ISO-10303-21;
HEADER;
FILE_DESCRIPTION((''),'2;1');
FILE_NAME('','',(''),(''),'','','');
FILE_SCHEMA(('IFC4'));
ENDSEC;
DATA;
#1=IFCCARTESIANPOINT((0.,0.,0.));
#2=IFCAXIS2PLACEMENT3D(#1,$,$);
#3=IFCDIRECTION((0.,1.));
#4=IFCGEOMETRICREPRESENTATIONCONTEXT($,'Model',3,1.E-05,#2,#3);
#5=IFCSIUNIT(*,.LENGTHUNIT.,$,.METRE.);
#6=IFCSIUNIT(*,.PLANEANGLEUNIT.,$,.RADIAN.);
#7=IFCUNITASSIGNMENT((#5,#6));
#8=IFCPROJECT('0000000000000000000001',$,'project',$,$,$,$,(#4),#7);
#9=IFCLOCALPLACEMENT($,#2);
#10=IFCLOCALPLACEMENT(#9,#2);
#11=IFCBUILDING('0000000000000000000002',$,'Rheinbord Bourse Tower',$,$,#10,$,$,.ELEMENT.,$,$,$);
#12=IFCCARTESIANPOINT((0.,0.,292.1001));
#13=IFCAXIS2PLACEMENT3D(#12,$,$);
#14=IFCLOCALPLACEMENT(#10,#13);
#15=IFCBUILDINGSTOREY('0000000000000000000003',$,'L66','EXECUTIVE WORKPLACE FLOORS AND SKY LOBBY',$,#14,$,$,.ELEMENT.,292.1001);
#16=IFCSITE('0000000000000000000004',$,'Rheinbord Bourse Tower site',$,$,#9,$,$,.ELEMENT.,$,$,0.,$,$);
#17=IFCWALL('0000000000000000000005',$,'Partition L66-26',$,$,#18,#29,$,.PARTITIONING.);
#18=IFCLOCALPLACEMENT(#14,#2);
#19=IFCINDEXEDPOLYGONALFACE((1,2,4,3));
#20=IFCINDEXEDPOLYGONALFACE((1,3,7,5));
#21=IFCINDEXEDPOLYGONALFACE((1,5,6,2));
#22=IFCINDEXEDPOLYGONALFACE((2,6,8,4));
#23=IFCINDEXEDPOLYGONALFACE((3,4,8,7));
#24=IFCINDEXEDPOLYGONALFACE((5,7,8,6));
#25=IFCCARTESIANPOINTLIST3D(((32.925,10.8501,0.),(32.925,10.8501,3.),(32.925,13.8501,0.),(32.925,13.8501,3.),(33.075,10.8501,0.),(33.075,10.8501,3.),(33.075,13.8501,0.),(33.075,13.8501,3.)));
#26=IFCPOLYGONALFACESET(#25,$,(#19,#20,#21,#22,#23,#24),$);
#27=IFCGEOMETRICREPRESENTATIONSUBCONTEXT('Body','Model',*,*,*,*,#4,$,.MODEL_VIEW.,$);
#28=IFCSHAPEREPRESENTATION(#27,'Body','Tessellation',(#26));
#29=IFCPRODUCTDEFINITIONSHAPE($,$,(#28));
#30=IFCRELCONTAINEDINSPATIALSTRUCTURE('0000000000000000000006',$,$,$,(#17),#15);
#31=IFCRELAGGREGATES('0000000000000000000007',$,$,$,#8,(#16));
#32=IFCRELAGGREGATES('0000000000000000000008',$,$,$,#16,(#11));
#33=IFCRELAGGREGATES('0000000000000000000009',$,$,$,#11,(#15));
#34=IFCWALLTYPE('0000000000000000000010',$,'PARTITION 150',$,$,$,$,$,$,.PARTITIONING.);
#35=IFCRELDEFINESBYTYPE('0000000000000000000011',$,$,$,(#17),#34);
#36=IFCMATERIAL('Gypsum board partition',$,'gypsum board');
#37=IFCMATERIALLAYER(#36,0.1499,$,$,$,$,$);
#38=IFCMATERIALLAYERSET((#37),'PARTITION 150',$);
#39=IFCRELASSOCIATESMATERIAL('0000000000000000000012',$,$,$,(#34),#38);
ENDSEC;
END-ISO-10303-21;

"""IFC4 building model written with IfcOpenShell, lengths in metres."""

from ifc_helpers import new_model, si_unit, direction, frame, frame_2d, origin, place, context, subcontext, project, spatial, rectangle, extrude, material, layer, layer_set, type_object, element, save


model = new_model("IFC4")

# Units and contexts
model_context = context("Model", 3, precision=1e-05, world=origin(), true_north=direction((0.0, 1.0)))
body_context = subcontext(model_context, "Body", "Model", "MODEL_VIEW")
ifc_project = project(units=[si_unit("LENGTHUNIT", "METRE"), si_unit("PLANEANGLEUNIT", "RADIAN")], contexts=[model_context])

# Site, building, storey
site_placement = place(None, origin())
site = spatial("IfcSite", under=ifc_project, at=site_placement, Name="Rheinbord Bourse Tower site", CompositionType="ELEMENT", RefElevation=0.0)
building_placement = place(site_placement, origin())
building = spatial("IfcBuilding", under=site, at=building_placement, Name="Rheinbord Bourse Tower", CompositionType="ELEMENT")
storey_placement = place(building_placement, frame((0.0, 0.0, 292.1001)))
storey = spatial("IfcBuildingStorey", under=building, at=storey_placement, Name="L66", Description="EXECUTIVE WORKPLACE FLOORS AND SKY LOBBY", CompositionType="ELEMENT", Elevation=292.1001)

# Shared definitions
ifc_material_1 = material(Name="Gypsum board partition", Category="gypsum board")
ifc_layer_1 = layer(ifc_material_1, 0.1499)
ifc_layer_set_1 = layer_set([ifc_layer_1], Name="PARTITION 150")
wall_type_1 = type_object("IfcWallType", Name="PARTITION 150", PredefinedType="PARTITIONING", material=ifc_layer_set_1)

# Wall
wall_1_placement = place(storey_placement, frame((33.0, 10.8501, 0.0), z_axis=(0.0, 0.0, 1.0), x_axis=(0.0, 1.0, 0.0)))
element("IfcWall", 1, at=wall_1_placement, inside=storey, type_object=wall_type_1, Name="Partition L66-26", PredefinedType="PARTITIONING", context=body_context, shape_type="SweptSolid", body=[
    extrude(rectangle(XDim=3.0, YDim=0.1499, at=frame_2d((1.5, 0.0))), origin(), (0.0, 0.0, 1.0), 3.0),
])

save(model, "model.ifc")
